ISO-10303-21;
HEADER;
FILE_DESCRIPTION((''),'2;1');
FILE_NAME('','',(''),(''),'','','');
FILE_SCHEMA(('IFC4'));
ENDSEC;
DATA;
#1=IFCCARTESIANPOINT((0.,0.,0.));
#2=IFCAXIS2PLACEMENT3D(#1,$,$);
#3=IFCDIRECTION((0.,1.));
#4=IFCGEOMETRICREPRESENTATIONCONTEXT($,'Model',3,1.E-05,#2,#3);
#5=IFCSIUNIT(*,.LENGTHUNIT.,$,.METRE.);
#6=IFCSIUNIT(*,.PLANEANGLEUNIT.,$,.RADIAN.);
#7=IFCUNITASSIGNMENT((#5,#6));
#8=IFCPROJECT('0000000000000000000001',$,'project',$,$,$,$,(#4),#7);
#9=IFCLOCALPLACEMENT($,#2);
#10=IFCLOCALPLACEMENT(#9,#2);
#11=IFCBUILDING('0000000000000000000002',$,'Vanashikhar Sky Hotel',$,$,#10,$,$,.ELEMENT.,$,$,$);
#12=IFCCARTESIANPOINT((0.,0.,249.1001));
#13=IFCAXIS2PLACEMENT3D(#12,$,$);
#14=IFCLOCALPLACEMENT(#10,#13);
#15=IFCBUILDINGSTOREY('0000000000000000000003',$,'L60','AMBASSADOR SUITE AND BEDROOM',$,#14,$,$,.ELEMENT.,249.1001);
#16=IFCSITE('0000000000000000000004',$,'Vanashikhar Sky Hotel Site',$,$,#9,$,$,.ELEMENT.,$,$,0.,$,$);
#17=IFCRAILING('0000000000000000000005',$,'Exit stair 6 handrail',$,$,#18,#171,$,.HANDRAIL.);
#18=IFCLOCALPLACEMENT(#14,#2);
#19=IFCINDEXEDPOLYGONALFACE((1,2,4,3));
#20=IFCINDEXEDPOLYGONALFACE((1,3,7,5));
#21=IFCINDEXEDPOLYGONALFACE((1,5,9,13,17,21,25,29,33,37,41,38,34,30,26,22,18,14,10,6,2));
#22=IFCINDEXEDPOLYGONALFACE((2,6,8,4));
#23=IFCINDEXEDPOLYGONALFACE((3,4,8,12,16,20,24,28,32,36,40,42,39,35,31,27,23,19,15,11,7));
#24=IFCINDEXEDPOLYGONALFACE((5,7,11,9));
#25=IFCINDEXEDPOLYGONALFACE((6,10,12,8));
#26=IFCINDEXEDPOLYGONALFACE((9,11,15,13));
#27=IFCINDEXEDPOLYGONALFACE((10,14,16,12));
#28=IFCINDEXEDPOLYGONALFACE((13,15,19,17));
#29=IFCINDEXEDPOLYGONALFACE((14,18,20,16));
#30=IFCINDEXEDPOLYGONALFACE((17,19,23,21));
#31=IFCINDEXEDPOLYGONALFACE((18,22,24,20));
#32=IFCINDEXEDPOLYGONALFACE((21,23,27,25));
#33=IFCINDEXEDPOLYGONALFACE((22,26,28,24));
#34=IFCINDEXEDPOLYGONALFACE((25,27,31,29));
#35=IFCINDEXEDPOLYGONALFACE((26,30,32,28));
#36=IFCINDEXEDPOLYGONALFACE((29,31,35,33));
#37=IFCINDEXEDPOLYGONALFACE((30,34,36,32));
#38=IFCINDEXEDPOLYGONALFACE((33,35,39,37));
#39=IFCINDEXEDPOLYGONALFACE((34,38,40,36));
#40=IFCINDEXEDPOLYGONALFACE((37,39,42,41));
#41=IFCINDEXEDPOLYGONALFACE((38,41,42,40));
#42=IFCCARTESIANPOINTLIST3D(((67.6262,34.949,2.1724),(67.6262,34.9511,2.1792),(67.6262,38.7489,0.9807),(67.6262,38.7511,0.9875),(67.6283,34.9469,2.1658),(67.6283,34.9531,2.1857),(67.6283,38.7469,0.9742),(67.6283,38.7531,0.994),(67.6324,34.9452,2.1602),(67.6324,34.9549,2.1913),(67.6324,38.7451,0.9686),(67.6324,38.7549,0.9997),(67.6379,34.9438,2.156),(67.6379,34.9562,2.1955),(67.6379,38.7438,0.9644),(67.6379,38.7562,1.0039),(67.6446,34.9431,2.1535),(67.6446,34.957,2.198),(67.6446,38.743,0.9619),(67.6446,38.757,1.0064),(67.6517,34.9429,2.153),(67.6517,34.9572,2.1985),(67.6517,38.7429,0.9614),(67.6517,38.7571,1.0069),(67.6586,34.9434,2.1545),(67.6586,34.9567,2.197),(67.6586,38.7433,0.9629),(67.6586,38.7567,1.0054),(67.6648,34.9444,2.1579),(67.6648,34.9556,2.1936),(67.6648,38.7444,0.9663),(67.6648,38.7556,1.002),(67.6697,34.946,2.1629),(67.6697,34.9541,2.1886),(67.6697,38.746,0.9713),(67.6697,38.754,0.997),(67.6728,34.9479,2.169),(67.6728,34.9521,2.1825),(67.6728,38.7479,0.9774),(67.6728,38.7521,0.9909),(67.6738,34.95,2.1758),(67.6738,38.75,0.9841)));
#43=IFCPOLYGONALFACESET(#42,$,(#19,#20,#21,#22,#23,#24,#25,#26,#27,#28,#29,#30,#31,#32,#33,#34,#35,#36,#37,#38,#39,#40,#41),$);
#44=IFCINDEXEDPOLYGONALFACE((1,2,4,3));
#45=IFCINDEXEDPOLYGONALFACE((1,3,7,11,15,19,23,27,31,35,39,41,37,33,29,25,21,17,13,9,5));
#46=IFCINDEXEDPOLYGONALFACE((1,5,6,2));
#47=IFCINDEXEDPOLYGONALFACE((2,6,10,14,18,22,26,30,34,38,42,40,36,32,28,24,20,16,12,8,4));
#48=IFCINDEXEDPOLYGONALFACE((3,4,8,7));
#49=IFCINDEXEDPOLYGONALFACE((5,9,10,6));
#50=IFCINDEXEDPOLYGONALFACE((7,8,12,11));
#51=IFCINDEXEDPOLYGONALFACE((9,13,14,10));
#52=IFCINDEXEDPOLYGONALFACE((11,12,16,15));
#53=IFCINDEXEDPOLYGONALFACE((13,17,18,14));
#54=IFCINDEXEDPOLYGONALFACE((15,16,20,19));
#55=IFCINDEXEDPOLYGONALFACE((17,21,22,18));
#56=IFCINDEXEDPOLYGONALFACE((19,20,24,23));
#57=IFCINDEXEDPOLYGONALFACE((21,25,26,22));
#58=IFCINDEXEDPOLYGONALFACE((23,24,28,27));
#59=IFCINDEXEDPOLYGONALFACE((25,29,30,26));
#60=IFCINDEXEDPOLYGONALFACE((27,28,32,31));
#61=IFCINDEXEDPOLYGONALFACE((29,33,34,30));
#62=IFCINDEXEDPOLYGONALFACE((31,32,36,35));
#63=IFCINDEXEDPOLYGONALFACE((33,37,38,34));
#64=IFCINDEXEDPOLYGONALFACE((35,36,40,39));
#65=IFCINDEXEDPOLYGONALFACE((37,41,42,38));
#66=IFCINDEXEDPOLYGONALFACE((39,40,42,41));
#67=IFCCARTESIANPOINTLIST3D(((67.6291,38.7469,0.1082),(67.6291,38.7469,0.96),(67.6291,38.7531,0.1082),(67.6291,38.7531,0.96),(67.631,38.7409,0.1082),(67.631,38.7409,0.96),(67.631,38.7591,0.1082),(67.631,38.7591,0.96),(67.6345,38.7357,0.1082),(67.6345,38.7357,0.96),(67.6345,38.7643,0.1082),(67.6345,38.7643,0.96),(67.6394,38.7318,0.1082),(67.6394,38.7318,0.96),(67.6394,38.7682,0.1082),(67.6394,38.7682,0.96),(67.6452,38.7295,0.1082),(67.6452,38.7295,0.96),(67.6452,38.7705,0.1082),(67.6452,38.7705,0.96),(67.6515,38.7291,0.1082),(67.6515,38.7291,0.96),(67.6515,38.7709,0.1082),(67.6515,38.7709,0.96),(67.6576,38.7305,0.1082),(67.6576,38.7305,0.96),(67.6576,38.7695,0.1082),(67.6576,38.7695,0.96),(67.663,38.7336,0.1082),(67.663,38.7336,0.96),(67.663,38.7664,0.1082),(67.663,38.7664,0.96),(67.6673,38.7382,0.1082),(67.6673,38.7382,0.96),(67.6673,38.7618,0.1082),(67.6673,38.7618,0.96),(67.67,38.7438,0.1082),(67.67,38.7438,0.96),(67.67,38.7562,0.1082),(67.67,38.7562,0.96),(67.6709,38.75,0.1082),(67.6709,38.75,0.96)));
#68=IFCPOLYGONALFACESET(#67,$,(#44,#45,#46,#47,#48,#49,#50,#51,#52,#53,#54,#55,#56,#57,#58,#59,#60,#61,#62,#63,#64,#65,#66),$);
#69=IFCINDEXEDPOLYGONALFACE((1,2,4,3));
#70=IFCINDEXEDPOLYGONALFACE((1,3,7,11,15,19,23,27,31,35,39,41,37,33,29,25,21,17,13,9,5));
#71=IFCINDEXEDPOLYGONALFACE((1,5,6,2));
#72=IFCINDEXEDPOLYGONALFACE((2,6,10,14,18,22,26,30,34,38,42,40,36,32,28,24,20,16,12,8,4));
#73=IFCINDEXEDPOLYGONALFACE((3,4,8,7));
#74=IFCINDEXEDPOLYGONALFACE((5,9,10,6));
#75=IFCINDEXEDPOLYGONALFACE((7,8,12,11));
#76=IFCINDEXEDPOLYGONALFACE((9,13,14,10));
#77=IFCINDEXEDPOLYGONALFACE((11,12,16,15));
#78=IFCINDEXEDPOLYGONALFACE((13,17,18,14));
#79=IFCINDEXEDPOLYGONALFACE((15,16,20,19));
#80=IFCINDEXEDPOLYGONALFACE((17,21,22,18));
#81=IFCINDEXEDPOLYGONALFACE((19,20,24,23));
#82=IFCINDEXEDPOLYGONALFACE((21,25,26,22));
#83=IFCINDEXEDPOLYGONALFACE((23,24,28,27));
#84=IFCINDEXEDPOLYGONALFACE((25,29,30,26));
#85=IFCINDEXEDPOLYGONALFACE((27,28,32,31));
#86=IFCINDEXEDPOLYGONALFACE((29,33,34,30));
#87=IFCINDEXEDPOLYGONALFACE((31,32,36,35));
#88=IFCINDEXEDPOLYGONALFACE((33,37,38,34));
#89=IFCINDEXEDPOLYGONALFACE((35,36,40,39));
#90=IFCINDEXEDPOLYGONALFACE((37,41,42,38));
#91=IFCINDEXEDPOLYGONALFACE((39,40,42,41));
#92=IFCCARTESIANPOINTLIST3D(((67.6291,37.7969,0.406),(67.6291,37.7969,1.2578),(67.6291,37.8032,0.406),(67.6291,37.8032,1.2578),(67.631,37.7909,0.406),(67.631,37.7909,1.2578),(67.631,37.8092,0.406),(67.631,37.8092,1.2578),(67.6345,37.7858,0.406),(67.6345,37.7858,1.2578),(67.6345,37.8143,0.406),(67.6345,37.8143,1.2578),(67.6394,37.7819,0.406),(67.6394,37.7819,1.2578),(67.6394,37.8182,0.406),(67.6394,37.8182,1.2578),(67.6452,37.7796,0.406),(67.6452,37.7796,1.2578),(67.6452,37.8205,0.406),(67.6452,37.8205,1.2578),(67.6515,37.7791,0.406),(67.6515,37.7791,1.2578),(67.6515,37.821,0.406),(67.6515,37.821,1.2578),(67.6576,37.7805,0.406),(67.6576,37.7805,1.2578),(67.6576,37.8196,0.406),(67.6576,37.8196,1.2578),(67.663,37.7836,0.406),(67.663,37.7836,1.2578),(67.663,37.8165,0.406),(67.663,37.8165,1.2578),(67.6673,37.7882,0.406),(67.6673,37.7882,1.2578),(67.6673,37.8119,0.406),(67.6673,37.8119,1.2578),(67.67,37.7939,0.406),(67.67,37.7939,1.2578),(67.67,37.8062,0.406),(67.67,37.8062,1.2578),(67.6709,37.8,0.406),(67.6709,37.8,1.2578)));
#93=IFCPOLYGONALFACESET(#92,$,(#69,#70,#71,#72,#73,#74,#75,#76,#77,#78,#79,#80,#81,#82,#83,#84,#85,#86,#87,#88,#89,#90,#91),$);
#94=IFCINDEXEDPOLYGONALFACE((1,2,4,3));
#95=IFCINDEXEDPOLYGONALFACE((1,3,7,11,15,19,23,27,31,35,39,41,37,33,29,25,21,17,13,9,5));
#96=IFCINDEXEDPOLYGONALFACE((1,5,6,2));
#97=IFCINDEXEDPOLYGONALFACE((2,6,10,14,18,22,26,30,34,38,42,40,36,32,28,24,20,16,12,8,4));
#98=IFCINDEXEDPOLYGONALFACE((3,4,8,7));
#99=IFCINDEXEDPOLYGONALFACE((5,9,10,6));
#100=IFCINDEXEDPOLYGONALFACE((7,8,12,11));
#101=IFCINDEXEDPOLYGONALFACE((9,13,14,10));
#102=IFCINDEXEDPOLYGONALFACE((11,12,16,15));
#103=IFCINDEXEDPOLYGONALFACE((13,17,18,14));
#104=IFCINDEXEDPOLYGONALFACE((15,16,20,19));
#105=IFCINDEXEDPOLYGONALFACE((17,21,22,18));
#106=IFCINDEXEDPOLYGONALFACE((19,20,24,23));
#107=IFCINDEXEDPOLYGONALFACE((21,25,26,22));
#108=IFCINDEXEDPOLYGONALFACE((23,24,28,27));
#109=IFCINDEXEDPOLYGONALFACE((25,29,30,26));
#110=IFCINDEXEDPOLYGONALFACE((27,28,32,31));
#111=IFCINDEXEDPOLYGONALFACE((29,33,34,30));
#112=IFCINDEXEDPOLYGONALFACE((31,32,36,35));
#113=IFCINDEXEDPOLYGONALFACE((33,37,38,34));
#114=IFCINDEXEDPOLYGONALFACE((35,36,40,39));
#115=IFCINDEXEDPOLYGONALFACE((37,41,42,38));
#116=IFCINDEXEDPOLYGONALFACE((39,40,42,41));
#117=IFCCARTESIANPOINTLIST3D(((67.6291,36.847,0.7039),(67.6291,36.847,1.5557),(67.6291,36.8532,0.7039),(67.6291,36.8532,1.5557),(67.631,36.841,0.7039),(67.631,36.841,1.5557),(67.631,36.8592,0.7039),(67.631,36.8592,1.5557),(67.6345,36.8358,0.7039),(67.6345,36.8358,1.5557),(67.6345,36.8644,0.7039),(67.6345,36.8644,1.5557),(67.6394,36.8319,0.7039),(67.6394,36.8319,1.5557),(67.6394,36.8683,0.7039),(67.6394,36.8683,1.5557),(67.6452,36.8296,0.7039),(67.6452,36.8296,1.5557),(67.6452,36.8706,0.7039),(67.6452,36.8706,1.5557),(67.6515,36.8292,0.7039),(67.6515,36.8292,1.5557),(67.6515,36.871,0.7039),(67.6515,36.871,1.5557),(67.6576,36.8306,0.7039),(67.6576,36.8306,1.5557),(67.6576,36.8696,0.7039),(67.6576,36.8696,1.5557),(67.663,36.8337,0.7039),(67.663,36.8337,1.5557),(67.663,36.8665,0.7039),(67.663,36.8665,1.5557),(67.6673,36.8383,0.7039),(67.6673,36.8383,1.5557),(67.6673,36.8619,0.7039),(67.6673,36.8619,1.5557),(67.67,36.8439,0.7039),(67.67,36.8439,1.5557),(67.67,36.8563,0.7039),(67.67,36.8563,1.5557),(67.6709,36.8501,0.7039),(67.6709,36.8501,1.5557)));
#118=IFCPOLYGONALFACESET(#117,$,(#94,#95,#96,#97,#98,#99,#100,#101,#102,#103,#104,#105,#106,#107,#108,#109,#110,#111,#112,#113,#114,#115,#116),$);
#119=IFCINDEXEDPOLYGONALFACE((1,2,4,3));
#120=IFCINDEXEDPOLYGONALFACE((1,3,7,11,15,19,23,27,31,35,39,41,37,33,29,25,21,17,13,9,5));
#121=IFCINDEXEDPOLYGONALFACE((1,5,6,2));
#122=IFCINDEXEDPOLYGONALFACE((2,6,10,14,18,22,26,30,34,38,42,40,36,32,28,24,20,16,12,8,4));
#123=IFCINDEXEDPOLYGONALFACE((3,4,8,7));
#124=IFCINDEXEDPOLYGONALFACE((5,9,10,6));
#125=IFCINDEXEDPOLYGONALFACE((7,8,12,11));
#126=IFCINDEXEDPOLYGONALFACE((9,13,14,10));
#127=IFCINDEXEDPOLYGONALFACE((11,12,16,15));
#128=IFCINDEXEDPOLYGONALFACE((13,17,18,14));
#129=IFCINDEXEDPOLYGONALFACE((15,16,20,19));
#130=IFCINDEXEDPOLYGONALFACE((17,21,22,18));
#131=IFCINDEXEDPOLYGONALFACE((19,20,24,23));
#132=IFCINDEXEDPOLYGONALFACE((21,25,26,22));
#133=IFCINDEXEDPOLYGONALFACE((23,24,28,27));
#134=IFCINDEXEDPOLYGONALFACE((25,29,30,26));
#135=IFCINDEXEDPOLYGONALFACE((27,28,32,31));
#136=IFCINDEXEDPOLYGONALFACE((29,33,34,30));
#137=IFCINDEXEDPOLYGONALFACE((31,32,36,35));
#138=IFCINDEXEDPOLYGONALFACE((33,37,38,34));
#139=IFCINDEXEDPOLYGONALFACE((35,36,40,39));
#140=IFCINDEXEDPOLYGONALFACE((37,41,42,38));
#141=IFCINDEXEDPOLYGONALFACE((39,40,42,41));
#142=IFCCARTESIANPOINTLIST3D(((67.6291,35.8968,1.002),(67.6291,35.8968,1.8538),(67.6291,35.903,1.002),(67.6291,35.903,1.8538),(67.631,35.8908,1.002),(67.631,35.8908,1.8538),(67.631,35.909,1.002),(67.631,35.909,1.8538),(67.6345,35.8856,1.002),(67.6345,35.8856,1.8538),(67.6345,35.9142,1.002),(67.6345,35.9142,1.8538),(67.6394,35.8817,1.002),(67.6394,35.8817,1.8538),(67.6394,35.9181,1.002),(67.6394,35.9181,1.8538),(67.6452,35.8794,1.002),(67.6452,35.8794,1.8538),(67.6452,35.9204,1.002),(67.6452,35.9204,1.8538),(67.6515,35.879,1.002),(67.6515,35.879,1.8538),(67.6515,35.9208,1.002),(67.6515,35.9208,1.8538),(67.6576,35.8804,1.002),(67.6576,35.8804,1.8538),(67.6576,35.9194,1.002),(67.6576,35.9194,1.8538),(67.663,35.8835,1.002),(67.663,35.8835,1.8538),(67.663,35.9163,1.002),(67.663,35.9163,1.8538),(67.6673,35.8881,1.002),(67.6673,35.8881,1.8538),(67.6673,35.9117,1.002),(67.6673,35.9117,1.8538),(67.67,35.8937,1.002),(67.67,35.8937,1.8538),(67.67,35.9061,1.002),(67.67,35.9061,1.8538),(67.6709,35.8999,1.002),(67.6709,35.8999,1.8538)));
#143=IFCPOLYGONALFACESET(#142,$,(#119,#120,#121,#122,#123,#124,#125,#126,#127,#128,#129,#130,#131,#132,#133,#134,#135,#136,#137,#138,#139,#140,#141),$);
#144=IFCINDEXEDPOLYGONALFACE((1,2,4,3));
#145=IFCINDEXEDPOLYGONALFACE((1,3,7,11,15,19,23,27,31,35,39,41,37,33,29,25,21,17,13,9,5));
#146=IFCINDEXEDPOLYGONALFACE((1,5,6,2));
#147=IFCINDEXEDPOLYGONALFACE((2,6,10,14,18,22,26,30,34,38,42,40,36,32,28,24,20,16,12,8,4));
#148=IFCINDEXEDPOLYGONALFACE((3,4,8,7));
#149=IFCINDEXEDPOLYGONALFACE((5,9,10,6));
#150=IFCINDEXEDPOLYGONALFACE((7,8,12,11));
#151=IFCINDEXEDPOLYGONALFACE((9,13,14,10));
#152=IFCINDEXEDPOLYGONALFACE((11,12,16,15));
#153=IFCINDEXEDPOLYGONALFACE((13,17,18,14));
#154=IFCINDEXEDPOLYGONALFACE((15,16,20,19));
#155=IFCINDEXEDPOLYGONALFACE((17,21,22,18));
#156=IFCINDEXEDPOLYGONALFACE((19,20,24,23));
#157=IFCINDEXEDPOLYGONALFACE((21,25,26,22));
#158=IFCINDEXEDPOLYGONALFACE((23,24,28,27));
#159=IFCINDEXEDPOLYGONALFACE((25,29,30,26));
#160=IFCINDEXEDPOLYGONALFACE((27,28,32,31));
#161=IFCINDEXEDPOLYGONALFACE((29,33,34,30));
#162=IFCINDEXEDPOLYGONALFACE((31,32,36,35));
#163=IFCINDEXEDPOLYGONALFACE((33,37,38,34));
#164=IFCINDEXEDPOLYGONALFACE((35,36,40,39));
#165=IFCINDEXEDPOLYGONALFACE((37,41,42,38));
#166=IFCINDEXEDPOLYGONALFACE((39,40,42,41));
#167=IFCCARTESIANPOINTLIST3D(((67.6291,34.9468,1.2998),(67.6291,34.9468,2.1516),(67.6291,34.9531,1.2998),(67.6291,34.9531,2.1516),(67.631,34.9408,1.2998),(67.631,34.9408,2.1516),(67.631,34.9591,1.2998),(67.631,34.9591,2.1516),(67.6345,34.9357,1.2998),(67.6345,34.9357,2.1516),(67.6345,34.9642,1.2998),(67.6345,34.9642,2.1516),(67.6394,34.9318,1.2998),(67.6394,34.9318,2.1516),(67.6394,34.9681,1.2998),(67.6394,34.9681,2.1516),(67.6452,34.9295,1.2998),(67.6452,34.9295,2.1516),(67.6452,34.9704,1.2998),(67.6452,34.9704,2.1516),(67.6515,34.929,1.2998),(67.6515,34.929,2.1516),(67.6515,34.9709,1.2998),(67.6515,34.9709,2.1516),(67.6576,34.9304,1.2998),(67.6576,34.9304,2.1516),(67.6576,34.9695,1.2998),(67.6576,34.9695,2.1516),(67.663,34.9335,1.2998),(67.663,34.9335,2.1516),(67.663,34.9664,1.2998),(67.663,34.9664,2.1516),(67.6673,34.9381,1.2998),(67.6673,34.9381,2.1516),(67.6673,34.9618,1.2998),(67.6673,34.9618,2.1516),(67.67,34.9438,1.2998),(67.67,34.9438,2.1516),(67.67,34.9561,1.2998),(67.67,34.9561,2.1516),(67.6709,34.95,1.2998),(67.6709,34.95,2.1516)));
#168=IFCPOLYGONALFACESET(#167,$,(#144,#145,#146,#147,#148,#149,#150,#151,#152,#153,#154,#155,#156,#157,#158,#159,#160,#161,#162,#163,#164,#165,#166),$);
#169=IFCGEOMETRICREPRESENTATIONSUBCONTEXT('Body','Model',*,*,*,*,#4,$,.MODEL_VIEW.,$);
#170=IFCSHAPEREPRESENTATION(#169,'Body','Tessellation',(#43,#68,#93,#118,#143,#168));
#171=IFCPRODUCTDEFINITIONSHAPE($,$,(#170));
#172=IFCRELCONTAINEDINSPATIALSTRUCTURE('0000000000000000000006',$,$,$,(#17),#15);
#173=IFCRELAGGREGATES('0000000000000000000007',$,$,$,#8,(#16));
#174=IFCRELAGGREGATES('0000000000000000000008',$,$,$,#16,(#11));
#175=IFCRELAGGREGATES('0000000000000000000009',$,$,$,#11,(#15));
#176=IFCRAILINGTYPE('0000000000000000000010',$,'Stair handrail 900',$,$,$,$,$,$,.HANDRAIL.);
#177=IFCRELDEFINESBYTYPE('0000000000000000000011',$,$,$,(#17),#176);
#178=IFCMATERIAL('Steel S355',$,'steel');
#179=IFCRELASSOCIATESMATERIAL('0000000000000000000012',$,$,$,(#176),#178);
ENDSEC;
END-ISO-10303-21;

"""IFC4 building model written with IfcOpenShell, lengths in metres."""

from ifc_helpers import new_model, si_unit, direction, frame, origin, origin_2d, place, context, subcontext, project, spatial, circle, extrude, source, transform, mapped, material, type_object, element, save


model = new_model("IFC4")

# Units and contexts
model_context = context("Model", 3, precision=1e-05, world=origin(), true_north=direction((0.0, 1.0)))
body_context = subcontext(model_context, "Body", "Model", "MODEL_VIEW")
ifc_project = project(units=[si_unit("LENGTHUNIT", "METRE"), si_unit("PLANEANGLEUNIT", "RADIAN")], contexts=[model_context])

# Site, building, storey
site_placement = place(None, origin())
site = spatial("IfcSite", under=ifc_project, at=site_placement, Name="Vanashikhar Sky Hotel Site", CompositionType="ELEMENT", RefElevation=0.0)
building_placement = place(site_placement, origin())
building = spatial("IfcBuilding", under=site, at=building_placement, Name="Vanashikhar Sky Hotel", CompositionType="ELEMENT")
storey_placement = place(building_placement, frame((0.0, 0.0, 249.1001)))
storey = spatial("IfcBuildingStorey", under=building, at=storey_placement, Name="L60", Description="AMBASSADOR SUITE AND BEDROOM", CompositionType="ELEMENT", Elevation=249.1001)

# Railing
ifc_material_1 = material(Name="Steel S355", Category="steel")
railing_type_1 = type_object("IfcRailingType", Name="Stair handrail 900", PredefinedType="HANDRAIL", material=ifc_material_1)
shared_shape_1 = source(origin(), body_context, "Body", "SweptSolid", [
    extrude(circle(Radius=0.0239, at=origin_2d()), frame((0.0, 0.0, 0.876), z_axis=(0.0, -0.954184, 0.299221), x_axis=(1.0, 0.0, 0.0)), (0.0, 0.0, 1.0), 3.9824),
    extrude(circle(Radius=0.021, at=origin_2d()), origin(), (0.0, 0.0, 1.0), 0.8518),
    extrude(circle(Radius=0.021, at=origin_2d()), frame((0.0, -0.95, 0.2979)), (0.0, 0.0, 1.0), 0.8518),
    extrude(circle(Radius=0.021, at=origin_2d()), frame((0.0, -1.8999, 0.5957)), (0.0, 0.0, 1.0), 0.8518),
    extrude(circle(Radius=0.021, at=origin_2d()), frame((0.0, -2.8501, 0.8938)), (0.0, 0.0, 1.0), 0.8518),
    extrude(circle(Radius=0.021, at=origin_2d()), frame((0.0, -3.8, 1.1917)), (0.0, 0.0, 1.0), 0.8518),
])
for number, where, name in (
    (1, (67.6499, 38.75, 0.1082), "Exit stair 6 handrail"),
):
    element("IfcRailing", number, at=place(storey_placement, frame(where)), inside=storey, type_object=railing_type_1, Name=name, PredefinedType="HANDRAIL", context=body_context, shape_type="MappedRepresentation", body=[
        mapped(shared_shape_1, transform((0.0, 0.0, 0.0), scale=1.0)),
    ])

save(model, "model.ifc")
